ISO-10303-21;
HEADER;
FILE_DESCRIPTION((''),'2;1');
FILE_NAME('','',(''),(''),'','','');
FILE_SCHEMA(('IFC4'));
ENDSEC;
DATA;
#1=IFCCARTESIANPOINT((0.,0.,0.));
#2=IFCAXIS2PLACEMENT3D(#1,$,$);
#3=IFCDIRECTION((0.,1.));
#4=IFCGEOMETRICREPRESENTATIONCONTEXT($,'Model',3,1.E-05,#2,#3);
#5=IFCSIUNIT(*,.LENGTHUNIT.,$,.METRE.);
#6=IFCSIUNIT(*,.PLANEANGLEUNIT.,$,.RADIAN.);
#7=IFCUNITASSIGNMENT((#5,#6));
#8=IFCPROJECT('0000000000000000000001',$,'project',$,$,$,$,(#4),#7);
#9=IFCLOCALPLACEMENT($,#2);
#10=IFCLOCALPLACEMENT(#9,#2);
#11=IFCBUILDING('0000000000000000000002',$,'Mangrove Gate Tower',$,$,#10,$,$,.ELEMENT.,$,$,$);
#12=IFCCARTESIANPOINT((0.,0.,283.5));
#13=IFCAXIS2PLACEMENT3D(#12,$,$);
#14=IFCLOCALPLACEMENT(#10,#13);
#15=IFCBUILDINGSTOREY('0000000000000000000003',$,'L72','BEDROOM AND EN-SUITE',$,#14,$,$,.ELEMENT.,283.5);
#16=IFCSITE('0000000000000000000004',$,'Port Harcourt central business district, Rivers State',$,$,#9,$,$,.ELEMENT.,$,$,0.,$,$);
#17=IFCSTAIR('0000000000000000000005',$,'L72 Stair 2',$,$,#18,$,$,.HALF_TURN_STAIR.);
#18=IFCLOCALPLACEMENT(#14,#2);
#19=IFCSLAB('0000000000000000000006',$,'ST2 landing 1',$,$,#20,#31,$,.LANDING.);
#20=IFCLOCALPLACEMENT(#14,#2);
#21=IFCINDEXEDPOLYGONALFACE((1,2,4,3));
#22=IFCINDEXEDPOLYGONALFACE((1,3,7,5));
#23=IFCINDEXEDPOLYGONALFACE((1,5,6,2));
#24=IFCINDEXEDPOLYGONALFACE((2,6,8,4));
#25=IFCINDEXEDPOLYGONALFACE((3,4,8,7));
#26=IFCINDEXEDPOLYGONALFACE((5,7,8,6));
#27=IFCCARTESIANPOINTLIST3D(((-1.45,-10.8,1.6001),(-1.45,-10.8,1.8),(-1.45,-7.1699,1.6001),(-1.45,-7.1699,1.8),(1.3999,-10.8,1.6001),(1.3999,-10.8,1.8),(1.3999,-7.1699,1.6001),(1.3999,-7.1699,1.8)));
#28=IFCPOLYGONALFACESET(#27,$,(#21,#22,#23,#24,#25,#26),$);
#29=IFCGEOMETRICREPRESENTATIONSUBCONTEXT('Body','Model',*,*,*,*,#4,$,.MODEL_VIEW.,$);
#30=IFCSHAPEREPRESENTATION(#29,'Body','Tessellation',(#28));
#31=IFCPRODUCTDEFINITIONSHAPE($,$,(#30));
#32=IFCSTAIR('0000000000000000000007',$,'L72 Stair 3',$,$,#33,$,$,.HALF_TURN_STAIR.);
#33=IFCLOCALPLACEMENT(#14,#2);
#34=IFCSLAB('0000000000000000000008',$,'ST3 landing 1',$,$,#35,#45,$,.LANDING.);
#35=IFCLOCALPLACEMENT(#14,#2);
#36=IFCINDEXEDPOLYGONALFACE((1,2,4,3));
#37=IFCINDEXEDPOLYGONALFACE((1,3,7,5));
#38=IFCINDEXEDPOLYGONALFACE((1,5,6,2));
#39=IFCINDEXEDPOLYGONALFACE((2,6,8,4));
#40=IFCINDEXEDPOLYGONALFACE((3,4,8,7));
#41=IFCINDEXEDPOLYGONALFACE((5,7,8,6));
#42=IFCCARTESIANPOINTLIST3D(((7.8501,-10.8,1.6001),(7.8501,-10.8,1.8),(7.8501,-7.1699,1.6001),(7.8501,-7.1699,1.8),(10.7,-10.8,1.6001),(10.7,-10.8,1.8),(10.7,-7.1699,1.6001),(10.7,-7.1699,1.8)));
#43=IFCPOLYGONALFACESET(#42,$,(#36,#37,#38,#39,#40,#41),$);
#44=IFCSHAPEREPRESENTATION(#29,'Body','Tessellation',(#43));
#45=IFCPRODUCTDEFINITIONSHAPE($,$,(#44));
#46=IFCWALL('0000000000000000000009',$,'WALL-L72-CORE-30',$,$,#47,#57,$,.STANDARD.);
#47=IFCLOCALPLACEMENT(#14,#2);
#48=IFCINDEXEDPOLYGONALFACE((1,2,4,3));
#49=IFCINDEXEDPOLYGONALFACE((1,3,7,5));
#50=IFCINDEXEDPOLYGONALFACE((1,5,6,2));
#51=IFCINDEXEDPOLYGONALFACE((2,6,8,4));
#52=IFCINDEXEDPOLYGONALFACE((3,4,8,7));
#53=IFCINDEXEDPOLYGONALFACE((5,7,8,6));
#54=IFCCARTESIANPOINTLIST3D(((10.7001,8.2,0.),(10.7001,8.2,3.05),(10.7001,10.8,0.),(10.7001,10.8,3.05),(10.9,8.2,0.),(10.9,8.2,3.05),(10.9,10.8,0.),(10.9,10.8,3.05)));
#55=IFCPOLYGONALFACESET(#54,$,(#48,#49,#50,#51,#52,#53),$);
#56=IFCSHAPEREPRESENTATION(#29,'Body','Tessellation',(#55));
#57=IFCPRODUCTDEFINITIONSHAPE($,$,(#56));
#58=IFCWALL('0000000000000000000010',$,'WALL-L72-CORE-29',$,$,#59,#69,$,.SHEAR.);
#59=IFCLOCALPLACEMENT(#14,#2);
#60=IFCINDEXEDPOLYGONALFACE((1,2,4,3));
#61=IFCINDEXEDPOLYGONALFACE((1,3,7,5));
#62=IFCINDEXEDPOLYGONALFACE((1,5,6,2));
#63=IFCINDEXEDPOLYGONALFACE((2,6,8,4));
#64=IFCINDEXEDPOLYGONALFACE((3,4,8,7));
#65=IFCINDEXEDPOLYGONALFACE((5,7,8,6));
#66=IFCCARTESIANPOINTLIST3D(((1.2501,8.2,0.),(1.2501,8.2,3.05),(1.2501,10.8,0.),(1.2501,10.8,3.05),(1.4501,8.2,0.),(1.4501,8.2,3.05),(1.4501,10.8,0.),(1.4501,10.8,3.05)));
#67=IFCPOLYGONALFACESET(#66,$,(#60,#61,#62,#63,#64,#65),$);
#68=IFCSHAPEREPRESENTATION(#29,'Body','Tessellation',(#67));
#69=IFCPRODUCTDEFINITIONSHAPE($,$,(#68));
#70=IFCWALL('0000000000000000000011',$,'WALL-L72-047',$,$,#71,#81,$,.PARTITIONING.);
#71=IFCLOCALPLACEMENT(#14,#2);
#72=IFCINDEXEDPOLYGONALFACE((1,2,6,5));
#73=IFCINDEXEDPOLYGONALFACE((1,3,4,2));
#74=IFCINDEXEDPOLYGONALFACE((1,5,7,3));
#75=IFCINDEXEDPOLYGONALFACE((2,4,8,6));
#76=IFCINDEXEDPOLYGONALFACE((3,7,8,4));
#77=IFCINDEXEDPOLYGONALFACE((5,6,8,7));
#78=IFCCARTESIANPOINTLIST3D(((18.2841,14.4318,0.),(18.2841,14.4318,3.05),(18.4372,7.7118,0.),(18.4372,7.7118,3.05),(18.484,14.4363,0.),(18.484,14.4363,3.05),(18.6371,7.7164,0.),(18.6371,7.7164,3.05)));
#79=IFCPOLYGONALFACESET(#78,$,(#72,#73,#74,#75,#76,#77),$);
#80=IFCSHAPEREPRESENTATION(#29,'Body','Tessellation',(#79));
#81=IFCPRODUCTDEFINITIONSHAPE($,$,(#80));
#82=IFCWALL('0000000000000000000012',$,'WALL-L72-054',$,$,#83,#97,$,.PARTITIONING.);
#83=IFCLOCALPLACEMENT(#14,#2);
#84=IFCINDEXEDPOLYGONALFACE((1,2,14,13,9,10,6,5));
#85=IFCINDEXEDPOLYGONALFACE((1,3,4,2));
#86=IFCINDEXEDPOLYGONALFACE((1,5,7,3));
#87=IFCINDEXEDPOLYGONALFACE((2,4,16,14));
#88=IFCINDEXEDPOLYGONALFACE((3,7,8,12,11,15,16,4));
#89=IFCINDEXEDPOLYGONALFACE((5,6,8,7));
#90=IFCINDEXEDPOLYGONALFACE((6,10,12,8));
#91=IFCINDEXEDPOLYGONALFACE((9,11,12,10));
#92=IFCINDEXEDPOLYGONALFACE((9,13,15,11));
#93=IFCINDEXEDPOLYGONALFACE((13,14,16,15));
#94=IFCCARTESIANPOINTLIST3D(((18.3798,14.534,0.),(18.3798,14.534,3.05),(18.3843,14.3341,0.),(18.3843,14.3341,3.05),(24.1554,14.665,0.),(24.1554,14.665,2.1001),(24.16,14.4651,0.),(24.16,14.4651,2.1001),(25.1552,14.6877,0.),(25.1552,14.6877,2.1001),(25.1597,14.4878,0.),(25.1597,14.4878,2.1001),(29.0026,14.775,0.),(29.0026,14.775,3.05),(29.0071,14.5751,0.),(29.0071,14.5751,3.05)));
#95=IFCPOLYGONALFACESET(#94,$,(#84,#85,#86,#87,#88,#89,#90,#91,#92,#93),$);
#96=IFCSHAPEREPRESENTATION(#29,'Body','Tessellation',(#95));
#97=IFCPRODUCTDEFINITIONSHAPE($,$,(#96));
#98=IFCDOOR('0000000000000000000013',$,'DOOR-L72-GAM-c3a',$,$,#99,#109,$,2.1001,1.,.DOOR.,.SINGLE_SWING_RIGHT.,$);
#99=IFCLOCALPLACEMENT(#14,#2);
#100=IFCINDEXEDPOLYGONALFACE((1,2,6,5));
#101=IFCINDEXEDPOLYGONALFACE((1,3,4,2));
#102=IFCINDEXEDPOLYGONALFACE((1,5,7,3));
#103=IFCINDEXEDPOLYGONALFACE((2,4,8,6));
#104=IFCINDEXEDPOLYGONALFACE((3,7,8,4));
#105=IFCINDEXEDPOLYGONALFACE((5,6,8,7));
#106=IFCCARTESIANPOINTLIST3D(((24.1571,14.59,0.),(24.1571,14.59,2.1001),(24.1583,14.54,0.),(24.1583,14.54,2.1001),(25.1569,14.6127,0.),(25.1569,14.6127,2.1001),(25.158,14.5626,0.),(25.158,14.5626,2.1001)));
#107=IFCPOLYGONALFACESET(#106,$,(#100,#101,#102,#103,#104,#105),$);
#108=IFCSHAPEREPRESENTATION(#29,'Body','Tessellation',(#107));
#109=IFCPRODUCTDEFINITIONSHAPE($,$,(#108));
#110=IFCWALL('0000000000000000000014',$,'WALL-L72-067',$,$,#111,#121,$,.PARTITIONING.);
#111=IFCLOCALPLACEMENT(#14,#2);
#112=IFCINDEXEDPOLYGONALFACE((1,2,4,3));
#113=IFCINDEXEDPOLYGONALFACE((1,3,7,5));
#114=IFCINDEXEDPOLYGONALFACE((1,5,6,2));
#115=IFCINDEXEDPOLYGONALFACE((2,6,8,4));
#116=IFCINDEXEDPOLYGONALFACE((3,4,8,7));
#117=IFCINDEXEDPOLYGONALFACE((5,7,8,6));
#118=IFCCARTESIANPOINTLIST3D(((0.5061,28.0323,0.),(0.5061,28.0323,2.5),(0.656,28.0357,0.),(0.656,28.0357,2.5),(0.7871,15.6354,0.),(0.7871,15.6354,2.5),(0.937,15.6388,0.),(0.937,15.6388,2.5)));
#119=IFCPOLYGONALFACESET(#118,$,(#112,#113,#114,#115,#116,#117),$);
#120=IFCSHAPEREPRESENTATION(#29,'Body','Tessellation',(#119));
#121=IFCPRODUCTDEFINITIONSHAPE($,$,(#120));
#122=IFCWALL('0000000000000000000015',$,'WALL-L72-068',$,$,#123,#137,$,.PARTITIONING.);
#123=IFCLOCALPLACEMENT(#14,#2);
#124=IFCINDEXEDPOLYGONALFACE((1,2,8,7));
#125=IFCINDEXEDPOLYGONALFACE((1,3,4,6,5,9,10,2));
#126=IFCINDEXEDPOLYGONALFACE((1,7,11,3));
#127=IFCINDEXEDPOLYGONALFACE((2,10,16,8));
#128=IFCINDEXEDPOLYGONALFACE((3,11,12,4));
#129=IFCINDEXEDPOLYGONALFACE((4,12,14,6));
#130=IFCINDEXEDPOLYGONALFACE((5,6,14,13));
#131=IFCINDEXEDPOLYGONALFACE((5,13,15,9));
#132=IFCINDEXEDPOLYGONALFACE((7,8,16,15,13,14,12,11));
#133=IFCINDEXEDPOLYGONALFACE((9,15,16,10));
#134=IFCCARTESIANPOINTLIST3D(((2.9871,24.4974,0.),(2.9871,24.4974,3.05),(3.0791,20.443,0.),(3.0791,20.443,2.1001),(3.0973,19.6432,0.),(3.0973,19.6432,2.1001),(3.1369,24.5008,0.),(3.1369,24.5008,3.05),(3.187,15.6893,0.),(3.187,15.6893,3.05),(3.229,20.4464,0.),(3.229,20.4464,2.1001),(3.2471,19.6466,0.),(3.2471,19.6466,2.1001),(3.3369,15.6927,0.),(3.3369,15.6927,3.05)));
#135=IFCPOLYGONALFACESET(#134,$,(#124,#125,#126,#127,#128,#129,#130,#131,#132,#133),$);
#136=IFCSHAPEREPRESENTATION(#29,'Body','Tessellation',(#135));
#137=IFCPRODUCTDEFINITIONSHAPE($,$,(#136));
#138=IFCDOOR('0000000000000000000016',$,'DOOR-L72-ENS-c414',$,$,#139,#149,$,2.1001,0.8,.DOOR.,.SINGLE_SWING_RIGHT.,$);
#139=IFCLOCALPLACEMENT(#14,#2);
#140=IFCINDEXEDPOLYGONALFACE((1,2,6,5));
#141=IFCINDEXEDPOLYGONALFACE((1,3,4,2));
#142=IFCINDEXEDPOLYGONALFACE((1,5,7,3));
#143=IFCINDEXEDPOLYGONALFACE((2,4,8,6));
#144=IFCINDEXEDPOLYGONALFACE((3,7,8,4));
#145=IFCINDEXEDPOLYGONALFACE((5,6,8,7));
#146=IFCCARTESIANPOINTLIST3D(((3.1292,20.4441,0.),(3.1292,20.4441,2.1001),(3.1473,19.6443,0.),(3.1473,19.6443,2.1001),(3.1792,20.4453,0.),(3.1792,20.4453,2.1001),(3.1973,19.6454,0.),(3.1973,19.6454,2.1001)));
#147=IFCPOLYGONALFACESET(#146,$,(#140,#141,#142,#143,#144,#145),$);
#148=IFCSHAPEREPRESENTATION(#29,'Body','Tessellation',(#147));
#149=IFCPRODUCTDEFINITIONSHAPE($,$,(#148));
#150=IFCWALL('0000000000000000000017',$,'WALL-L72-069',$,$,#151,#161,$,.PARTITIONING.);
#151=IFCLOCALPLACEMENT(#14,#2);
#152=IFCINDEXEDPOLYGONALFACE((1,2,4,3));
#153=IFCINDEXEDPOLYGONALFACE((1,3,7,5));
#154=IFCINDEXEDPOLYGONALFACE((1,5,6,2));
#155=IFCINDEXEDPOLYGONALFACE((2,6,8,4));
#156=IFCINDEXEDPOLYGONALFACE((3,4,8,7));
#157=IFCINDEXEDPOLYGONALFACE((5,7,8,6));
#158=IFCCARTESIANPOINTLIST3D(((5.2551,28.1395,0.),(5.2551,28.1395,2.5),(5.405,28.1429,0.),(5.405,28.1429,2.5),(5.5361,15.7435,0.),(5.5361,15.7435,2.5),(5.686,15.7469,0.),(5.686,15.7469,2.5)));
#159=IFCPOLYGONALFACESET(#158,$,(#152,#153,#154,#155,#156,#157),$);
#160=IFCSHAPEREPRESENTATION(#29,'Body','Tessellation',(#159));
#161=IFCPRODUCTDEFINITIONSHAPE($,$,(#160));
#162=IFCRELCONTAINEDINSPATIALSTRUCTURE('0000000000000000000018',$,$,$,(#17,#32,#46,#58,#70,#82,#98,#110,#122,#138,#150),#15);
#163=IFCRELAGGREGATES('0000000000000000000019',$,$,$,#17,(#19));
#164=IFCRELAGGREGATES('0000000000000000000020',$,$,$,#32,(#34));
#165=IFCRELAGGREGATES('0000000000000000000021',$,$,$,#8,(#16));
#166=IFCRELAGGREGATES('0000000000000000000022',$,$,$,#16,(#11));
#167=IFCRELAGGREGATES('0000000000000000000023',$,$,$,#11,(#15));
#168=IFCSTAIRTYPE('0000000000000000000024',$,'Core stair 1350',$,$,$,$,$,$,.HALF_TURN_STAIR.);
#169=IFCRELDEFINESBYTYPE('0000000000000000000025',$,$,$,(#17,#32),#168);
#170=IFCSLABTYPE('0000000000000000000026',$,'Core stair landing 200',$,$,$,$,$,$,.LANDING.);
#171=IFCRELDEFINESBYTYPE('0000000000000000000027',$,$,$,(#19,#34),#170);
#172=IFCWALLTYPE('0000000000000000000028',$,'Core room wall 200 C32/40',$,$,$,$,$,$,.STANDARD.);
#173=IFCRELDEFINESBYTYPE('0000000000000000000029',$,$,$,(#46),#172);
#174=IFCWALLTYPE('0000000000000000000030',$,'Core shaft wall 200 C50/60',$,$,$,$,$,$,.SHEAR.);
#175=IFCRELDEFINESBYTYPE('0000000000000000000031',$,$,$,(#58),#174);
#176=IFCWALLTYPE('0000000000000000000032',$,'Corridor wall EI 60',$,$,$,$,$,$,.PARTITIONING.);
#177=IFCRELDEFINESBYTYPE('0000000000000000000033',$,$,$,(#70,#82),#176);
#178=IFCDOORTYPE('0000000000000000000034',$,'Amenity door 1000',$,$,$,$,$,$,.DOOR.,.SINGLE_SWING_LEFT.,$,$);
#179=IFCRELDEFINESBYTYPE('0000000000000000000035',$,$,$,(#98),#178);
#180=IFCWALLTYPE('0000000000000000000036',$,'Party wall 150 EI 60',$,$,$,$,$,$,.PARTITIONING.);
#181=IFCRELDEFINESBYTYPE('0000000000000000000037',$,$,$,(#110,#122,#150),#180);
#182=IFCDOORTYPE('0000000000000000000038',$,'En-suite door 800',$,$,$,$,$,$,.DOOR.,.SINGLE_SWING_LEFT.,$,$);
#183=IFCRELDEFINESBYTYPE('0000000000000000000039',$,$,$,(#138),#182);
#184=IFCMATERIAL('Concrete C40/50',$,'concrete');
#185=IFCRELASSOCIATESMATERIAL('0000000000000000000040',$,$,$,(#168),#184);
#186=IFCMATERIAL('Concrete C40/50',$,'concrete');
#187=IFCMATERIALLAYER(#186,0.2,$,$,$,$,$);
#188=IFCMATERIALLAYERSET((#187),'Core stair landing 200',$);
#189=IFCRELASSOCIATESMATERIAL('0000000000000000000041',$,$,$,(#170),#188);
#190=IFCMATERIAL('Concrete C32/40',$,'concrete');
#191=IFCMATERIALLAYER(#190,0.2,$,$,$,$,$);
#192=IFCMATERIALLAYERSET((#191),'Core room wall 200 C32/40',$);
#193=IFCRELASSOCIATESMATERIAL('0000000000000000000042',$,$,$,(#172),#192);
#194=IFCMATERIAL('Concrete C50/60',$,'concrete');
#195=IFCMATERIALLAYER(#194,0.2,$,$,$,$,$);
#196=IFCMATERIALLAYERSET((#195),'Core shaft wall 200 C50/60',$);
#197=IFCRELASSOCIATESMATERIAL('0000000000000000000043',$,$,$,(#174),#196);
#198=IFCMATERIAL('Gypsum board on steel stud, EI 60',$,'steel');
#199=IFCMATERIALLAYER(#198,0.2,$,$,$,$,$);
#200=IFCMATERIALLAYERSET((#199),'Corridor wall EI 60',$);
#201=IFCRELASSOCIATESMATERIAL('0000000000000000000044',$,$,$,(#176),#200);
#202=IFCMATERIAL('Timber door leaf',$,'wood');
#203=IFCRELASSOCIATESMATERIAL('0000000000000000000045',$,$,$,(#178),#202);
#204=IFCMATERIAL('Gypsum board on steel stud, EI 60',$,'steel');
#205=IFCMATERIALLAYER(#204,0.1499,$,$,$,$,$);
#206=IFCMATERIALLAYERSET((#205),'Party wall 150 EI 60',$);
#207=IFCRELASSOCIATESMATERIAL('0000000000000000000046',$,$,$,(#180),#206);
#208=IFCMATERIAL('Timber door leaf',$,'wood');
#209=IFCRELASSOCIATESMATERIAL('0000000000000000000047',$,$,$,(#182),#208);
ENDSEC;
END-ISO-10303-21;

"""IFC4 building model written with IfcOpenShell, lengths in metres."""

from ifc_helpers import new_model, si_unit, direction, frame, frame_2d, origin, place, context, subcontext, project, spatial, polyline, rectangle, outline, extrude, material, layer, layer_set, type_object, element, fill, aggregate, save


model = new_model("IFC4")

# Units and contexts
model_context = context("Model", 3, precision=1e-05, world=origin(), true_north=direction((0.0, 1.0)))
body_context = subcontext(model_context, "Body", "Model", "MODEL_VIEW")
ifc_project = project(units=[si_unit("LENGTHUNIT", "METRE"), si_unit("PLANEANGLEUNIT", "RADIAN")], contexts=[model_context])

# Site, building, storey
site_placement = place(None, origin())
site = spatial("IfcSite", under=ifc_project, at=site_placement, Name="Port Harcourt central business district, Rivers State", CompositionType="ELEMENT", RefElevation=0.0)
building_placement = place(site_placement, origin())
building = spatial("IfcBuilding", under=site, at=building_placement, Name="Mangrove Gate Tower", CompositionType="ELEMENT")
storey_placement = place(building_placement, frame((0.0, 0.0, 283.5)))
storey = spatial("IfcBuildingStorey", under=building, at=storey_placement, Name="L72", Description="BEDROOM AND EN-SUITE", CompositionType="ELEMENT", Elevation=283.5)

# Stairs, slabs
ifc_material_1 = material(Name="Concrete C40/50", Category="concrete")
stair_type = type_object("IfcStairType", Name="Core stair 1350", PredefinedType="HALF_TURN_STAIR", material=ifc_material_1)
ifc_material_2 = material(Name="Concrete C40/50", Category="concrete")
ifc_layer_1 = layer(ifc_material_2, 0.2)
ifc_layer_set_1 = layer_set([ifc_layer_1], Name="Core stair landing 200")
slab_type_1 = type_object("IfcSlabType", Name="Core stair landing 200", PredefinedType="LANDING", material=ifc_layer_set_1)
stair_1_placement = place(storey_placement, origin())
stair_1 = element("IfcStair", 1, at=stair_1_placement, inside=storey, type_object=stair_type, Name="L72 Stair 2", PredefinedType="HALF_TURN_STAIR")
slab_1_placement = place(storey_placement, frame((0.0, 0.0, 1.6001)))
slab_1 = element("IfcSlab", 2, at=slab_1_placement, type_object=slab_type_1, Name="ST2 landing 1", PredefinedType="LANDING", context=body_context, shape_type="SweptSolid", body=[
    extrude(outline(polyline([(-1.45, -7.1699), (-1.45, -10.8), (1.3999, -10.8), (1.3999, -7.1699), (-1.45, -7.1699)])), origin(), (0.0, 0.0, 1.0), 0.2),
])
aggregate(stair_1, [slab_1])
stair_2_placement = place(storey_placement, origin())
stair_2 = element("IfcStair", 3, at=stair_2_placement, inside=storey, type_object=stair_type, Name="L72 Stair 3", PredefinedType="HALF_TURN_STAIR")
slab_2_placement = place(storey_placement, frame((0.0, 0.0, 1.6001)))
slab_2 = element("IfcSlab", 4, at=slab_2_placement, type_object=slab_type_1, Name="ST3 landing 1", PredefinedType="LANDING", context=body_context, shape_type="SweptSolid", body=[
    extrude(outline(polyline([(7.8501, -7.1699), (7.8501, -10.8), (10.7, -10.8), (10.7, -7.1699), (7.8501, -7.1699)])), origin(), (0.0, 0.0, 1.0), 0.2),
])
aggregate(stair_2, [slab_2])

# Walls
ifc_material_3 = material(Name="Concrete C32/40", Category="concrete")
ifc_layer_2 = layer(ifc_material_3, 0.2)
ifc_layer_set_2 = layer_set([ifc_layer_2], Name="Core room wall 200 C32/40")
wall_type_1 = type_object("IfcWallType", Name="Core room wall 200 C32/40", PredefinedType="STANDARD", material=ifc_layer_set_2)
wall_1_placement = place(storey_placement, frame((10.8, 8.2, 0.0), z_axis=(0.0, 0.0, 1.0), x_axis=(0.0, 1.0, 0.0)))
element("IfcWall", 5, at=wall_1_placement, inside=storey, type_object=wall_type_1, Name="WALL-L72-CORE-30", PredefinedType="STANDARD", context=body_context, shape_type="SweptSolid", body=[
    extrude(rectangle(XDim=2.6001, YDim=0.2, at=frame_2d((1.3, 0.0))), origin(), (0.0, 0.0, 1.0), 3.05),
])
ifc_material_4 = material(Name="Concrete C50/60", Category="concrete")
ifc_layer_3 = layer(ifc_material_4, 0.2)
ifc_layer_set_3 = layer_set([ifc_layer_3], Name="Core shaft wall 200 C50/60")
wall_type_2 = type_object("IfcWallType", Name="Core shaft wall 200 C50/60", PredefinedType="SHEAR", material=ifc_layer_set_3)
wall_2_placement = place(storey_placement, frame((1.3501, 8.2, 0.0), z_axis=(0.0, 0.0, 1.0), x_axis=(0.0, 1.0, 0.0)))
element("IfcWall", 6, at=wall_2_placement, inside=storey, type_object=wall_type_2, Name="WALL-L72-CORE-29", PredefinedType="SHEAR", context=body_context, shape_type="SweptSolid", body=[
    extrude(rectangle(XDim=2.6001, YDim=0.2, at=frame_2d((1.3, 0.0))), origin(), (0.0, 0.0, 1.0), 3.05),
])
ifc_material_5 = material(Name="Gypsum board on steel stud, EI 60", Category="steel")
ifc_layer_4 = layer(ifc_material_5, 0.2)
ifc_layer_set_4 = layer_set([ifc_layer_4], Name="Corridor wall EI 60")
wall_type_3 = type_object("IfcWallType", Name="Corridor wall EI 60", PredefinedType="PARTITIONING", material=ifc_layer_set_4)
wall_3_placement = place(storey_placement, frame((18.5371, 7.7141, 0.0), z_axis=(0.0, 0.0, 1.0), x_axis=(-0.022773, 0.999741, 0.0)))
element("IfcWall", 7, at=wall_3_placement, inside=storey, type_object=wall_type_3, Name="WALL-L72-047", PredefinedType="PARTITIONING", context=body_context, shape_type="SweptSolid", body=[
    extrude(rectangle(XDim=6.7217, YDim=0.2, at=frame_2d((3.3608, 0.0))), origin(), (0.0, 0.0, 1.0), 3.05),
])

# Wall, opening, door
wall_4_placement = place(storey_placement, frame((18.3821, 14.4341, 0.0), z_axis=(0.0, 0.0, 1.0), x_axis=(0.999743, 0.022678, 0.0)))
wall_4 = element("IfcWall", 8, at=wall_4_placement, inside=storey, type_object=wall_type_3, Name="WALL-L72-054", PredefinedType="PARTITIONING", context=body_context, shape_type="SweptSolid", body=[
    extrude(rectangle(XDim=10.6255, YDim=0.2, at=frame_2d((5.3127, 0.0))), origin(), (0.0, 0.0, 1.0), 3.05),
])
opening_1_placement = place(wall_4_placement, frame((5.7771, 0.0, 0.0)))
opening_1 = element("IfcOpeningElement", 9, at=opening_1_placement, cuts=wall_4, PredefinedType="OPENING", context=body_context, shape_type="SweptSolid", body=[
    extrude(rectangle(XDim=1.0, YDim=2.1001, at=frame_2d((0.5, 1.05))), frame((0.0, 0.1099, 0.0), z_axis=(0.0, -1.0, 0.0), x_axis=(1.0, 0.0, 0.0)), (0.0, 0.0, 1.0), 0.22),
])
ifc_material_6 = material(Name="Timber door leaf", Category="wood")
door_type_1 = type_object("IfcDoorType", Name="Amenity door 1000", OperationType="SINGLE_SWING_LEFT", PredefinedType="DOOR", material=ifc_material_6)
door_1_placement = place(opening_1_placement, origin())
door_1 = element("IfcDoor", 10, at=door_1_placement, inside=storey, type_object=door_type_1, Name="DOOR-L72-GAM-c3a", OperationType="SINGLE_SWING_RIGHT", OverallHeight=2.1001, OverallWidth=1.0, PredefinedType="DOOR", context=body_context, shape_type="SweptSolid", body=[
    extrude(rectangle(XDim=1.0, YDim=2.1001, at=frame_2d((0.5, 1.05))), frame((0.0, 0.0249, 0.0), z_axis=(0.0, -1.0, 0.0), x_axis=(1.0, 0.0, 0.0)), (0.0, 0.0, 1.0), 0.05),
])
fill(opening_1, door_1)

# Wall
ifc_material_7 = material(Name="Gypsum board on steel stud, EI 60", Category="steel")
ifc_layer_5 = layer(ifc_material_7, 0.1499)
ifc_layer_set_5 = layer_set([ifc_layer_5], Name="Party wall 150 EI 60")
wall_type_4 = type_object("IfcWallType", Name="Party wall 150 EI 60", PredefinedType="PARTITIONING", material=ifc_layer_set_5)
wall_5_placement = place(storey_placement, frame((0.8621, 15.637, 0.0), z_axis=(0.0, 0.0, 1.0), x_axis=(-0.022661, 0.999743, 0.0)))
element("IfcWall", 11, at=wall_5_placement, inside=storey, type_object=wall_type_4, Name="WALL-L72-067", PredefinedType="PARTITIONING", context=body_context, shape_type="SweptSolid", body=[
    extrude(rectangle(XDim=12.4001, YDim=0.1499, at=frame_2d((6.2002, 0.0))), origin(), (0.0, 0.0, 1.0), 2.5),
])

# Wall, opening, door
wall_6_placement = place(storey_placement, frame((3.262, 15.6909, 0.0), z_axis=(0.0, 0.0, 1.0), x_axis=(-0.022695, 0.999742, 0.0)))
wall_6 = element("IfcWall", 12, at=wall_6_placement, inside=storey, type_object=wall_type_4, Name="WALL-L72-068", PredefinedType="PARTITIONING", context=body_context, shape_type="SweptSolid", body=[
    extrude(rectangle(XDim=8.8103, YDim=0.1499, at=frame_2d((4.4053, 0.0))), origin(), (0.0, 0.0, 1.0), 3.05),
])
opening_2_placement = place(wall_6_placement, frame((3.9551, 0.0, 0.0)))
opening_2 = element("IfcOpeningElement", 13, at=opening_2_placement, cuts=wall_6, PredefinedType="OPENING", context=body_context, shape_type="SweptSolid", body=[
    extrude(rectangle(XDim=0.8, YDim=2.1001, at=frame_2d((0.3999, 1.05))), frame((0.0, 0.085, 0.0), z_axis=(0.0, -1.0, 0.0), x_axis=(1.0, 0.0, 0.0)), (0.0, 0.0, 1.0), 0.1699),
])
ifc_material_8 = material(Name="Timber door leaf", Category="wood")
door_type_2 = type_object("IfcDoorType", Name="En-suite door 800", OperationType="SINGLE_SWING_LEFT", PredefinedType="DOOR", material=ifc_material_8)
door_2_placement = place(opening_2_placement, origin())
door_2 = element("IfcDoor", 14, at=door_2_placement, inside=storey, type_object=door_type_2, Name="DOOR-L72-ENS-c414", OperationType="SINGLE_SWING_RIGHT", OverallHeight=2.1001, OverallWidth=0.8, PredefinedType="DOOR", context=body_context, shape_type="SweptSolid", body=[
    extrude(rectangle(XDim=0.8, YDim=2.1001, at=frame_2d((0.3999, 1.05))), frame((0.0, 0.0249, 0.0), z_axis=(0.0, -1.0, 0.0), x_axis=(1.0, 0.0, 0.0)), (0.0, 0.0, 1.0), 0.05),
])
fill(opening_2, door_2)

# Wall
wall_7_placement = place(storey_placement, frame((5.6111, 15.7451, 0.0), z_axis=(0.0, 0.0, 1.0), x_axis=(-0.022663, 0.999743, 0.0)))
element("IfcWall", 15, at=wall_7_placement, inside=storey, type_object=wall_type_4, Name="WALL-L72-069", PredefinedType="PARTITIONING", context=body_context, shape_type="SweptSolid", body=[
    extrude(rectangle(XDim=12.3992, YDim=0.1499, at=frame_2d((6.1997, 0.0))), origin(), (0.0, 0.0, 1.0), 2.5),
])

save(model, "model.ifc")
